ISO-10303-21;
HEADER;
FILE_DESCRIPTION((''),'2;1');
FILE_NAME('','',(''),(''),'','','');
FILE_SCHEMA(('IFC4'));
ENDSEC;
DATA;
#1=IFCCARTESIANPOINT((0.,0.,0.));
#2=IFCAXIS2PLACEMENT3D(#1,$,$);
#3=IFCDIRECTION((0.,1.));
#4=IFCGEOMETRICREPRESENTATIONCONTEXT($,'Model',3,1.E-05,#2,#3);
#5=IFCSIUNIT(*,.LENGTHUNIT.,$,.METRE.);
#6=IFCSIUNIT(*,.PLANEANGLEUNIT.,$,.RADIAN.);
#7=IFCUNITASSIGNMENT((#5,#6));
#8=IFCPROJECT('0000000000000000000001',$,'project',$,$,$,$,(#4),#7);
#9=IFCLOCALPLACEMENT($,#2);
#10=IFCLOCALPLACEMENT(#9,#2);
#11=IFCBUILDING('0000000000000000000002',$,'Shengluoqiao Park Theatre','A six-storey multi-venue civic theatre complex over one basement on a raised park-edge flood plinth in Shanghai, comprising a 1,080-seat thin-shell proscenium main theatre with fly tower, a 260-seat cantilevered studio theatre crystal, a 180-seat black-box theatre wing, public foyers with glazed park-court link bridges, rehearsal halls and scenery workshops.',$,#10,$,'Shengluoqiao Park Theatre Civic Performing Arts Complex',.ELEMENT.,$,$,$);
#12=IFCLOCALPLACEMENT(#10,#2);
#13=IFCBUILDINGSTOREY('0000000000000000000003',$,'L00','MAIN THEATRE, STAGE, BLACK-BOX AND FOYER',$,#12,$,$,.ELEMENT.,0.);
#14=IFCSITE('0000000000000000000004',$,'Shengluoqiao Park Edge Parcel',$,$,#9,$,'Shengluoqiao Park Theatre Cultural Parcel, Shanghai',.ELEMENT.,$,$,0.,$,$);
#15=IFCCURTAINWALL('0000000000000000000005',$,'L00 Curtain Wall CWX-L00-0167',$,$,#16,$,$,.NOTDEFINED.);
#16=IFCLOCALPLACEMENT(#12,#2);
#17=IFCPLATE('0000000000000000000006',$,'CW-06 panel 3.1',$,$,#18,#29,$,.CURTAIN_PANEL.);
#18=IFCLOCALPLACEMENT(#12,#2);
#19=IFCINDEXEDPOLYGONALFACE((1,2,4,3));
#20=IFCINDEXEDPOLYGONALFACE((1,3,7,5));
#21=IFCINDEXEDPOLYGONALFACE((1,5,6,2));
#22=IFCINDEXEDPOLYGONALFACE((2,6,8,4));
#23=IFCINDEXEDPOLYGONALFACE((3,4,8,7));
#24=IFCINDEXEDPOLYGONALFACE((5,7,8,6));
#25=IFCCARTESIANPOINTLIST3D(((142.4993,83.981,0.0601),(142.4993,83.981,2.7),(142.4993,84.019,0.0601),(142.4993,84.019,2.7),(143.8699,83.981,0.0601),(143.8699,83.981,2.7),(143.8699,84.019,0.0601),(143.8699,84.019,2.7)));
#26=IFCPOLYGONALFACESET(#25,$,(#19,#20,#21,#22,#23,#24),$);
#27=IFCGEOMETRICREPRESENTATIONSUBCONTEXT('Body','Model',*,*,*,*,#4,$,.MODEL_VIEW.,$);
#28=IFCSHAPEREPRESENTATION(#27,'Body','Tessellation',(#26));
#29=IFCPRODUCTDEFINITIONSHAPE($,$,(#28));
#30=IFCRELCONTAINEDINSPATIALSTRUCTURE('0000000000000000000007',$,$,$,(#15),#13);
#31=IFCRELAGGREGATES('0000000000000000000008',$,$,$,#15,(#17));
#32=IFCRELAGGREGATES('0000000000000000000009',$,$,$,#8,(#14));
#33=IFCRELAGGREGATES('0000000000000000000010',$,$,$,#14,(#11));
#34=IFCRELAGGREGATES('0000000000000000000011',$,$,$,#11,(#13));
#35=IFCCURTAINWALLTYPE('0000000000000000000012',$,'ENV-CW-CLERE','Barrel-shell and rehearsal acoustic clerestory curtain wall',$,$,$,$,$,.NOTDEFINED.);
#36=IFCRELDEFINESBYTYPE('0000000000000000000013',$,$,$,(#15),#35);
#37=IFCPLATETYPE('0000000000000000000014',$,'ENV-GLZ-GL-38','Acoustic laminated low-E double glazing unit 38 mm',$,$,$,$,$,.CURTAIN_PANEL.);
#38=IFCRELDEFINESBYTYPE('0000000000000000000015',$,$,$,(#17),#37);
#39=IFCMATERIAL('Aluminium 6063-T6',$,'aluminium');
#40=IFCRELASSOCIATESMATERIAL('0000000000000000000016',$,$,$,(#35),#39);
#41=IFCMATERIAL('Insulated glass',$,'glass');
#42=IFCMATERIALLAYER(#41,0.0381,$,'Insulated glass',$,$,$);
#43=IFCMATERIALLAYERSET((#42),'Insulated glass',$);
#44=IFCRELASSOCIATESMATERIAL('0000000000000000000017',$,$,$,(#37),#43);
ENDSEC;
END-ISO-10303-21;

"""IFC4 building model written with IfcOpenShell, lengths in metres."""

from ifc_helpers import new_model, si_unit, direction, frame, origin, origin_2d, place, context, subcontext, project, spatial, rectangle, extrude, material, layer, layer_set, type_object, element, aggregate, save


model = new_model("IFC4")

# Units and contexts
model_context = context("Model", 3, precision=1e-05, world=origin(), true_north=direction((0.0, 1.0)))
body_context = subcontext(model_context, "Body", "Model", "MODEL_VIEW")
ifc_project = project(units=[si_unit("LENGTHUNIT", "METRE"), si_unit("PLANEANGLEUNIT", "RADIAN")], contexts=[model_context])

# Site, building, storey
site_placement = place(None, origin())
site = spatial("IfcSite", under=ifc_project, at=site_placement, Name="Shengluoqiao Park Edge Parcel", LongName="Shengluoqiao Park Theatre Cultural Parcel, Shanghai", CompositionType="ELEMENT", RefElevation=0.0)
building_placement = place(site_placement, origin())
building = spatial("IfcBuilding", under=site, at=building_placement, Name="Shengluoqiao Park Theatre", Description="A six-storey multi-venue civic theatre complex over one basement on a raised park-edge flood plinth in Shanghai, comprising a 1,080-seat thin-shell proscenium main theatre with fly tower, a 260-seat cantilevered studio theatre crystal, a 180-seat black-box theatre wing, public foyers with glazed park-court link bridges, rehearsal halls and scenery workshops.", LongName="Shengluoqiao Park Theatre Civic Performing Arts Complex", CompositionType="ELEMENT")
storey_placement = place(building_placement, origin())
storey = spatial("IfcBuildingStorey", under=building, at=storey_placement, Name="L00", Description="MAIN THEATRE, STAGE, BLACK-BOX AND FOYER", CompositionType="ELEMENT", Elevation=0.0)

# Curtain wall, plate
ifc_material_1 = material(Name="Aluminium 6063-T6", Category="aluminium")
curtain_wall_type = type_object("IfcCurtainWallType", Name="ENV-CW-CLERE", Description="Barrel-shell and rehearsal acoustic clerestory curtain wall", PredefinedType="NOTDEFINED", material=ifc_material_1)
curtain_wall_placement = place(storey_placement, origin())
curtain_wall = element("IfcCurtainWall", 1, at=curtain_wall_placement, inside=storey, type_object=curtain_wall_type, Name="L00 Curtain Wall CWX-L00-0167", PredefinedType="NOTDEFINED")
ifc_material_2 = material(Name="Insulated glass", Category="glass")
ifc_layer = layer(ifc_material_2, 0.0381, Name="Insulated glass")
ifc_layer_set = layer_set([ifc_layer], Name="Insulated glass")
plate_type = type_object("IfcPlateType", Name="ENV-GLZ-GL-38", Description="Acoustic laminated low-E double glazing unit 38 mm", PredefinedType="CURTAIN_PANEL", material=ifc_layer_set)
plate_1_placement = place(storey_placement, frame((143.1846, 84.0, 0.0601), z_axis=(0.0, 0.0, 1.0), x_axis=(1.0, 0.0, 0.0)))
plate_1 = element("IfcPlate", 2, at=plate_1_placement, type_object=plate_type, Name="CW-06 panel 3.1", PredefinedType="CURTAIN_PANEL", context=body_context, shape_type="SweptSolid", body=[
    extrude(rectangle(XDim=1.3706, YDim=0.0381, at=origin_2d()), origin(), (0.0, 0.0, 1.0), 2.6399),
])
aggregate(curtain_wall, [plate_1])

save(model, "model.ifc")
